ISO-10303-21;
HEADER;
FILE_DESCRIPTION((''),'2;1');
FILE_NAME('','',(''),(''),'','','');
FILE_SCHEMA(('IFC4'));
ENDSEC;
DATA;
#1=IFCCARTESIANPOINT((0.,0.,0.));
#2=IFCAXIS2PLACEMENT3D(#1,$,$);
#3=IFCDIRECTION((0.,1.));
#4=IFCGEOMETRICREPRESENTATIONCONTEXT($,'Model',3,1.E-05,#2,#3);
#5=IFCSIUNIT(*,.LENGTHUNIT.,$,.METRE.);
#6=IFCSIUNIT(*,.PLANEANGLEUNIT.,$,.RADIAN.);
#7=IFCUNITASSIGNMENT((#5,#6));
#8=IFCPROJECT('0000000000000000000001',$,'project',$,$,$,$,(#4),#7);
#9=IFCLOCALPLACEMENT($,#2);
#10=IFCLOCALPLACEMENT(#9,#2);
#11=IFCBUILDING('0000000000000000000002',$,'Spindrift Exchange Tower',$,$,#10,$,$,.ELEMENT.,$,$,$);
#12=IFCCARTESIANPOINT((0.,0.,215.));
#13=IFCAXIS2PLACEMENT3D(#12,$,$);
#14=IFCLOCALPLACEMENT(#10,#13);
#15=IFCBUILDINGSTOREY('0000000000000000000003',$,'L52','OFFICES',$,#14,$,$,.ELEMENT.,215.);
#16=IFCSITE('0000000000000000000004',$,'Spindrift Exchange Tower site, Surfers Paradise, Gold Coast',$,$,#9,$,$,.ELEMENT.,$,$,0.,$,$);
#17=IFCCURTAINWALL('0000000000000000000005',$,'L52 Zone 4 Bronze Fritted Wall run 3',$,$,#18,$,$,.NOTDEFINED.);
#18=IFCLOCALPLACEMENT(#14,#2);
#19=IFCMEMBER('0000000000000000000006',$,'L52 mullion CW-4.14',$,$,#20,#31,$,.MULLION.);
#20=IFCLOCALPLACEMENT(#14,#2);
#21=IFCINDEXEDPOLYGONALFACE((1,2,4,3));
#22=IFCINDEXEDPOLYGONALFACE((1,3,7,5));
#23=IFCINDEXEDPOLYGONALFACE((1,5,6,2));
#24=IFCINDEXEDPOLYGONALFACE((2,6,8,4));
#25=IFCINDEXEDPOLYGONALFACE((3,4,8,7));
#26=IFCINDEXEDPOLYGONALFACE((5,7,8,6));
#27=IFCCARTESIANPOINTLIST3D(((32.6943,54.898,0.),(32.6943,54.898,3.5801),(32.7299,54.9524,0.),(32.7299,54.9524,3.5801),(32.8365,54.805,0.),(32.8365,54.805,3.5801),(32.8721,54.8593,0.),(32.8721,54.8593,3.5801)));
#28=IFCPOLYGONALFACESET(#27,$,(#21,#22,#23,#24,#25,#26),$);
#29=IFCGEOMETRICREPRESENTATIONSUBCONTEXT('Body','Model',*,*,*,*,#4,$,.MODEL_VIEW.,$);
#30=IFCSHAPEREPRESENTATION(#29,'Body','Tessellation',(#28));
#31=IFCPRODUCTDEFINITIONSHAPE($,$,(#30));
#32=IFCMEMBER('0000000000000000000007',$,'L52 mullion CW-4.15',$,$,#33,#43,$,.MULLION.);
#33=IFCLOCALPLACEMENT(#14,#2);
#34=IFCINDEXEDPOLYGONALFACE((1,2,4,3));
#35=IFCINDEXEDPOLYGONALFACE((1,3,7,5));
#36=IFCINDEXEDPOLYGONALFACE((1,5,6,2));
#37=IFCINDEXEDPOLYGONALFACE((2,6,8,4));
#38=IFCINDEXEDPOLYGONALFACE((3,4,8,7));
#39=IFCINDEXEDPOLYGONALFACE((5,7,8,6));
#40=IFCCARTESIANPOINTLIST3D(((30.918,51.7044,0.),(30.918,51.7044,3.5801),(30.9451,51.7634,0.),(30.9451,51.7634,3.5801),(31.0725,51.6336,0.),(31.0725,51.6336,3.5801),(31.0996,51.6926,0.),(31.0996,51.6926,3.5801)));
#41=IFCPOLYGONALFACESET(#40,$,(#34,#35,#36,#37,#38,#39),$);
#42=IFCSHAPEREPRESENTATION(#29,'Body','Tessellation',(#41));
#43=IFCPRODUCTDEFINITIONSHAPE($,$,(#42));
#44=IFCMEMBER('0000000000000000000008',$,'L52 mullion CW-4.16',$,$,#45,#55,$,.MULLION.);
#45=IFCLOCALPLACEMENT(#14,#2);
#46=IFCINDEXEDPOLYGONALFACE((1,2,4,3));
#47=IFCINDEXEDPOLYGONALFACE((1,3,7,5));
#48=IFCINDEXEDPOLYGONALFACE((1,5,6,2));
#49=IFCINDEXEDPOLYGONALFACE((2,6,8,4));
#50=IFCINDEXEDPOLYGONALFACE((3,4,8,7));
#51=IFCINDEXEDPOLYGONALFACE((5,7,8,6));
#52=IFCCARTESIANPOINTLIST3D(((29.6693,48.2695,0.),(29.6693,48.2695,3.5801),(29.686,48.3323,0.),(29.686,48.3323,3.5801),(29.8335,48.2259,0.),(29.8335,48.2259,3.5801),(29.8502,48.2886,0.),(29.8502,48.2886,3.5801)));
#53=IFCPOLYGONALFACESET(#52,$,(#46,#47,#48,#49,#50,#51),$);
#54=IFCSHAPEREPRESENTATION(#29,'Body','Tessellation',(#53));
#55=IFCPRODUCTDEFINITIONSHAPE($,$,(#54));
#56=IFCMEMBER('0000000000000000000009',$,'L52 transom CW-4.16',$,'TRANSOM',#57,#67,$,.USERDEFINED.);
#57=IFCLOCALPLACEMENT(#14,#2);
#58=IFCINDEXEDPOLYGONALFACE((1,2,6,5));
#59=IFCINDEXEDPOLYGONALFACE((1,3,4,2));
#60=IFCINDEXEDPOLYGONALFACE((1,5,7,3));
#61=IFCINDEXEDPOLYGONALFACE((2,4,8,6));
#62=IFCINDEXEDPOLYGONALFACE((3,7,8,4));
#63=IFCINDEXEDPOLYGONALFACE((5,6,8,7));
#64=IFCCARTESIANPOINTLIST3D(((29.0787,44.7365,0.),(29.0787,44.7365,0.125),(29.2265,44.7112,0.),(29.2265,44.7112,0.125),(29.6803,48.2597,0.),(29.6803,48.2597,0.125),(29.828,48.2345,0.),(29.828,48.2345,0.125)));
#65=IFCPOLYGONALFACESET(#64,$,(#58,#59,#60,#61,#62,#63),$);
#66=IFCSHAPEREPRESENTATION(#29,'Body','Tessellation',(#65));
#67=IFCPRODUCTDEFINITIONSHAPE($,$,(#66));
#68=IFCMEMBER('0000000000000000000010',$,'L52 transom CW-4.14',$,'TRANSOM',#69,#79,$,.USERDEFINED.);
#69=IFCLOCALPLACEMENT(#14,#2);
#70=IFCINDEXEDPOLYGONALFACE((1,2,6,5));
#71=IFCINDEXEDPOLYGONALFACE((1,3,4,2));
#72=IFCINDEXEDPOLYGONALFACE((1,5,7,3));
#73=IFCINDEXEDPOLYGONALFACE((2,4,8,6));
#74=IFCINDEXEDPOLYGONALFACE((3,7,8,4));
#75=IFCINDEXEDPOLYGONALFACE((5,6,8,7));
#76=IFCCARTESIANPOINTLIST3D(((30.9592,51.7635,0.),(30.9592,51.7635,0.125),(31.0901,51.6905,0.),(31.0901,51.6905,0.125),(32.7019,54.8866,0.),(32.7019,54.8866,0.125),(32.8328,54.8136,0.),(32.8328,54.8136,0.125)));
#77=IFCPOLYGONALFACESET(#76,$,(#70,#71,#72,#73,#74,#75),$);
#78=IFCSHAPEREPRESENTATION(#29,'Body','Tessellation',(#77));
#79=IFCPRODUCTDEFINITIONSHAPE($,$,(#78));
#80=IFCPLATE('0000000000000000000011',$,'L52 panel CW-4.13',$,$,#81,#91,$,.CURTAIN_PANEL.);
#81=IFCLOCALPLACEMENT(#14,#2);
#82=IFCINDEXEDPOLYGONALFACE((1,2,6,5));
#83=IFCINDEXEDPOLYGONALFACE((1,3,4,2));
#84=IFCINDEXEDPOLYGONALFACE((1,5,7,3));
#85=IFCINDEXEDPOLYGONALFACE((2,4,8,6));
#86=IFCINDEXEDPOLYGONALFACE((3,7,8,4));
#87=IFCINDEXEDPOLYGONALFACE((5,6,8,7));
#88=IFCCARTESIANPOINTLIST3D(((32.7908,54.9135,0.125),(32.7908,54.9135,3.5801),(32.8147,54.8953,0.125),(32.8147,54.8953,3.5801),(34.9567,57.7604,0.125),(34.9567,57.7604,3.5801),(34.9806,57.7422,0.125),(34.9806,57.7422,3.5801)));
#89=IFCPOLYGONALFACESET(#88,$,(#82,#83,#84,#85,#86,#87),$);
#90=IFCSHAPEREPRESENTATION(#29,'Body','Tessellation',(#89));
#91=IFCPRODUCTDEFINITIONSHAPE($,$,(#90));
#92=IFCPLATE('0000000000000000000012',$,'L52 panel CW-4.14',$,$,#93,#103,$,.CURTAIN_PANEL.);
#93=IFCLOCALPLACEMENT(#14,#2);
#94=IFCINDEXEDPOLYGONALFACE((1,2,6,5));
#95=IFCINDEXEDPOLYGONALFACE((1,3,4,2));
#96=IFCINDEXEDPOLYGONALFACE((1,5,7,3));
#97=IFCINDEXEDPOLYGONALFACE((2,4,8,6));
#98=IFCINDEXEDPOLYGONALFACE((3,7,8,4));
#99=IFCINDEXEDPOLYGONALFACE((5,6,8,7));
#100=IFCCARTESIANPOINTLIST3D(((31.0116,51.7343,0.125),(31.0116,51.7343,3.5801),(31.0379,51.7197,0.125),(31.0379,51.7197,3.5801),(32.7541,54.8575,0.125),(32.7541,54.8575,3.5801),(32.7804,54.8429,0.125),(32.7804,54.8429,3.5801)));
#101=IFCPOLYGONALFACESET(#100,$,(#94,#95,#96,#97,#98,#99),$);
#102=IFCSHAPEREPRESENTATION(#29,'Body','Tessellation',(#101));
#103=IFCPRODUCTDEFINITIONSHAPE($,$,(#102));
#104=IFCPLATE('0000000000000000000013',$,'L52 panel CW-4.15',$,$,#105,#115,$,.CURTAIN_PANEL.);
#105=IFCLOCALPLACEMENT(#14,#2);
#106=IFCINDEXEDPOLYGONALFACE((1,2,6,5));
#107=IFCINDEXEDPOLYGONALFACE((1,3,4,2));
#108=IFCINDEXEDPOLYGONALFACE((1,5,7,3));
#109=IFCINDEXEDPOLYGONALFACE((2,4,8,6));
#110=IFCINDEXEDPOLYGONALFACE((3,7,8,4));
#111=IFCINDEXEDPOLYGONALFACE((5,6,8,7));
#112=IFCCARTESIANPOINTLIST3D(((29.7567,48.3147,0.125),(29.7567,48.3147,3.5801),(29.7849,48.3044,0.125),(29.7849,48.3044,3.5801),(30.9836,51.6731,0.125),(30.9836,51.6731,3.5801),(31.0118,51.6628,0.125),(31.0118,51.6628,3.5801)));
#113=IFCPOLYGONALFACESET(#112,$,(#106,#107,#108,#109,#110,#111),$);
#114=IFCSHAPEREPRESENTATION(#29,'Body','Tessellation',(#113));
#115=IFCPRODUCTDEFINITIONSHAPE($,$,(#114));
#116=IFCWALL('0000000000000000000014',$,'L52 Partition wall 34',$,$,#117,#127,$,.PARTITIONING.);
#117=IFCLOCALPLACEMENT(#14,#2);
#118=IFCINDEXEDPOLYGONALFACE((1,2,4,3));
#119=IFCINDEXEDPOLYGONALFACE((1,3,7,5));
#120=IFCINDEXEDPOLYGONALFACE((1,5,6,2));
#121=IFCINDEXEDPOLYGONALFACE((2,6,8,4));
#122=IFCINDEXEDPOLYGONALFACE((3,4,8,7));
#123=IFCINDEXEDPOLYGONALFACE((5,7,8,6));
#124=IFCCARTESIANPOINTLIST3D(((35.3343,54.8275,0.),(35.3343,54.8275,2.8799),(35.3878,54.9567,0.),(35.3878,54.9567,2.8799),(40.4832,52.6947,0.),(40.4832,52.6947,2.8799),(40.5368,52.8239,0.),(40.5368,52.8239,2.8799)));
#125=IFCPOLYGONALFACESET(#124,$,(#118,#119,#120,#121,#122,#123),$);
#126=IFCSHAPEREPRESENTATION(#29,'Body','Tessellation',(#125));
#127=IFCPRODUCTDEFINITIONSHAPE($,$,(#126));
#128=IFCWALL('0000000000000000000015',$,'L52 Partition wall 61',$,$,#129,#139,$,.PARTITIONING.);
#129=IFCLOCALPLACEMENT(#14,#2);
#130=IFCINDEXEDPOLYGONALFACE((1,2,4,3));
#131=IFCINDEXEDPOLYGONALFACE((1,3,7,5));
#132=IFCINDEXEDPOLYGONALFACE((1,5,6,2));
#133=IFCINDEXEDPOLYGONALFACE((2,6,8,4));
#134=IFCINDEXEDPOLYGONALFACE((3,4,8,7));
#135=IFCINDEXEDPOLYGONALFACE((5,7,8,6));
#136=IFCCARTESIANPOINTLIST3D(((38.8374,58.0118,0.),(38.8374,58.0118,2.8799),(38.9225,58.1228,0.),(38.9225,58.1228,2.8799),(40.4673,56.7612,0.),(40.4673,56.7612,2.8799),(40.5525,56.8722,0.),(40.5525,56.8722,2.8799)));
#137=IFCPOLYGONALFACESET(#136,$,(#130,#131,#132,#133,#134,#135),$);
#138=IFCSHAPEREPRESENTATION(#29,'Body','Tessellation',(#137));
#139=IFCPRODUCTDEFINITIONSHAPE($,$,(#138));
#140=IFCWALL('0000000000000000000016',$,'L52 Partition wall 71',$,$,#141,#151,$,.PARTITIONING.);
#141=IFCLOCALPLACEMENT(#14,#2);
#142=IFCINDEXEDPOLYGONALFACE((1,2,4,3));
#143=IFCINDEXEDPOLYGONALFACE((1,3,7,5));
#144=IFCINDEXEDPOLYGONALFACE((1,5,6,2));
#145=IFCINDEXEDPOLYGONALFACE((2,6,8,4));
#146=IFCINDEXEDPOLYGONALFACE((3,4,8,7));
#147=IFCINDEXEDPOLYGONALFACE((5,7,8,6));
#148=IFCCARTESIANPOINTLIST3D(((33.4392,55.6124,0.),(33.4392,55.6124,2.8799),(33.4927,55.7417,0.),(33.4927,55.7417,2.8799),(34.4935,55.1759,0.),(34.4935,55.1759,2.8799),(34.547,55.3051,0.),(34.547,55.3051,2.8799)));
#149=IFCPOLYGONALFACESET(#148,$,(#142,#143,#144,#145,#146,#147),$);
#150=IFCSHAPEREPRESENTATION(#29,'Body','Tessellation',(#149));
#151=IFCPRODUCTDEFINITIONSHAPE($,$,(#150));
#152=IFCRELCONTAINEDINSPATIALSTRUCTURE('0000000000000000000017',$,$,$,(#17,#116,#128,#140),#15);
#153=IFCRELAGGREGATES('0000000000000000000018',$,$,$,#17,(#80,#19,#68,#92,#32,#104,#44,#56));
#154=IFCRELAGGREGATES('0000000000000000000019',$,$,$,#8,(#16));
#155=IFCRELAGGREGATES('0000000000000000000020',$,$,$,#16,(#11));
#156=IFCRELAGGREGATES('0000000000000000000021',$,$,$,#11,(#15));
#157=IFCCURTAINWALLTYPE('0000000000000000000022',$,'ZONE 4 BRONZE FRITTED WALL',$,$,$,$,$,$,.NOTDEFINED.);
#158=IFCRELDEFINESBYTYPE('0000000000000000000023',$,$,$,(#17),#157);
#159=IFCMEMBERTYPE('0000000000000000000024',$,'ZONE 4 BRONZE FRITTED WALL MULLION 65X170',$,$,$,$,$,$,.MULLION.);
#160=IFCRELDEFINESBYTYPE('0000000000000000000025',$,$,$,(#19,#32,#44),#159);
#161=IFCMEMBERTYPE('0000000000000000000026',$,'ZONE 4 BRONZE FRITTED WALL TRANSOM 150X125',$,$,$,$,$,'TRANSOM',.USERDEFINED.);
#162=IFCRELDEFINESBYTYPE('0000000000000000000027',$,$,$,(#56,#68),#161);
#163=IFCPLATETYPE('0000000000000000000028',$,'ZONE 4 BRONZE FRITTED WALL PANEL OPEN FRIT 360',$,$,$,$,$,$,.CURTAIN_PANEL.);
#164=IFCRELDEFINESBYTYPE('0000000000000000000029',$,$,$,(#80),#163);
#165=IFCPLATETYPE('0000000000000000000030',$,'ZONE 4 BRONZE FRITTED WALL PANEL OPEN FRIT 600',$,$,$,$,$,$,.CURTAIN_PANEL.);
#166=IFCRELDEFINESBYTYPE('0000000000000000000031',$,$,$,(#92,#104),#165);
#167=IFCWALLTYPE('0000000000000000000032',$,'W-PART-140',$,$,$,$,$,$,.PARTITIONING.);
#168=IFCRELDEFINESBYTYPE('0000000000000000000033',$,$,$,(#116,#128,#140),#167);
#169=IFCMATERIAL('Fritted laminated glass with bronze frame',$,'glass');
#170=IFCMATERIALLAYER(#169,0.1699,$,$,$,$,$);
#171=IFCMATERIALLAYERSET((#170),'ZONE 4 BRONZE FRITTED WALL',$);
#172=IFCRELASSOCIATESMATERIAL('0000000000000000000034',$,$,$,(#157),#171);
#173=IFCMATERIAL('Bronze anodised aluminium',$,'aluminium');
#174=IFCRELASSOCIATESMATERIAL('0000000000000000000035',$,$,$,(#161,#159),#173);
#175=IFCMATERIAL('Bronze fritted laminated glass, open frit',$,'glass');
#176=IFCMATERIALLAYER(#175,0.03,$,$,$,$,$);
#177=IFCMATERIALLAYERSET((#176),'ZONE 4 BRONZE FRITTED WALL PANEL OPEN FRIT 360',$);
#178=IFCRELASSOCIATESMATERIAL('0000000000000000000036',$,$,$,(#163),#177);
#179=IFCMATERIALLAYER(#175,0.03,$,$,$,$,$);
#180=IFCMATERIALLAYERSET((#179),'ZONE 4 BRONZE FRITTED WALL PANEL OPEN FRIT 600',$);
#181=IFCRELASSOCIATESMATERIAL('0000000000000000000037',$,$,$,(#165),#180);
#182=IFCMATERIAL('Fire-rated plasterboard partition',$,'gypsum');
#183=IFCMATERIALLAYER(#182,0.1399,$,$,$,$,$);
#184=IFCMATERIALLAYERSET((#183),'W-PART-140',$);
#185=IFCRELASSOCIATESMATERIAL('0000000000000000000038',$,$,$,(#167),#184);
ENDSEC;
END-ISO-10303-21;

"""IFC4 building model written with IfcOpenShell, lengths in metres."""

from ifc_helpers import new_model, si_unit, direction, frame, frame_2d, origin, origin_2d, place, context, subcontext, project, spatial, rectangle, extrude, source, transform, mapped, material, layer, layer_set, material_profile, profile_set, type_object, element, aggregate, save


model = new_model("IFC4")

# Units and contexts
model_context = context("Model", 3, precision=1e-05, world=origin(), true_north=direction((0.0, 1.0)))
body_context = subcontext(model_context, "Body", "Model", "MODEL_VIEW")
ifc_project = project(units=[si_unit("LENGTHUNIT", "METRE"), si_unit("PLANEANGLEUNIT", "RADIAN")], contexts=[model_context])

# Site, building, storey
site_placement = place(None, origin())
site = spatial("IfcSite", under=ifc_project, at=site_placement, Name="Spindrift Exchange Tower site, Surfers Paradise, Gold Coast", CompositionType="ELEMENT", RefElevation=0.0)
building_placement = place(site_placement, origin())
building = spatial("IfcBuilding", under=site, at=building_placement, Name="Spindrift Exchange Tower", CompositionType="ELEMENT")
storey_placement = place(building_placement, frame((0.0, 0.0, 215.0)))
storey = spatial("IfcBuildingStorey", under=building, at=storey_placement, Name="L52", Description="OFFICES", CompositionType="ELEMENT", Elevation=215.0)

# Curtain wall, members, plates
ifc_material_1 = material(Name="Fritted laminated glass with bronze frame", Category="glass")
ifc_layer_1 = layer(ifc_material_1, 0.1699)
ifc_layer_set_1 = layer_set([ifc_layer_1], Name="ZONE 4 BRONZE FRITTED WALL")
curtain_wall_type = type_object("IfcCurtainWallType", Name="ZONE 4 BRONZE FRITTED WALL", PredefinedType="NOTDEFINED", material=ifc_layer_set_1)
curtain_wall_placement = place(storey_placement, origin())
curtain_wall = element("IfcCurtainWall", 1, at=curtain_wall_placement, inside=storey, type_object=curtain_wall_type, Name="L52 Zone 4 Bronze Fritted Wall run 3", PredefinedType="NOTDEFINED")
ifc_material_2 = material(Name="Bronze anodised aluminium", Category="aluminium")
ifc_material_profile_1 = material_profile(ifc_material_2, rectangle(XDim=0.1499, YDim=0.125, at=origin_2d()), Name="ZONE 4 BRONZE FRITTED WALL TRANSOM 150X125")
ifc_profile_set_1 = profile_set([ifc_material_profile_1], Name="Bronze anodised aluminium")
member_type_1 = type_object("IfcMemberType", Name="ZONE 4 BRONZE FRITTED WALL TRANSOM 150X125", ElementType="TRANSOM", PredefinedType="USERDEFINED", material=ifc_profile_set_1)
ifc_material_profile_2 = material_profile(ifc_material_2, rectangle(XDim=0.0649, YDim=0.1699, at=origin_2d()), Name="ZONE 4 BRONZE FRITTED WALL MULLION 65X170")
ifc_profile_set_2 = profile_set([ifc_material_profile_2], Name="Bronze anodised aluminium")
member_type_2 = type_object("IfcMemberType", Name="ZONE 4 BRONZE FRITTED WALL MULLION 65X170", PredefinedType="MULLION", material=ifc_profile_set_2)
shared_shape_1 = source(origin(), body_context, "Body", "SweptSolid", [
    extrude(rectangle(XDim=0.0649, YDim=0.1699, at=origin_2d()), origin(), (0.0, 0.0, 1.0), 3.5801),
])
member_1_placement = place(storey_placement, frame((32.7832, 54.8787, 0.0), z_axis=(0.0, 0.0, 1.0), x_axis=(-0.547722, -0.836661, 0.0)))
member_1 = element("IfcMember", 2, at=member_1_placement, type_object=member_type_2, Name="L52 mullion CW-4.14", PredefinedType="MULLION", context=body_context, shape_type="MappedRepresentation", body=[
    mapped(shared_shape_1, transform((0.0, 0.0, 0.0), scale=1.0)),
])
member_2_placement = place(storey_placement, frame((31.0088, 51.6985, 0.0), z_axis=(0.0, 0.0, 1.0), x_axis=(-0.41649, -0.909141, 0.0)))
member_2 = element("IfcMember", 3, at=member_2_placement, type_object=member_type_2, Name="L52 mullion CW-4.15", PredefinedType="MULLION", context=body_context, shape_type="MappedRepresentation", body=[
    mapped(shared_shape_1, transform((0.0, 0.0, 0.0), scale=1.0)),
])
member_3_placement = place(storey_placement, frame((29.7598, 48.2791, 0.0), z_axis=(0.0, 0.0, 1.0), x_axis=(-0.256787, -0.966468, 0.0)))
member_3 = element("IfcMember", 4, at=member_3_placement, type_object=member_type_2, Name="L52 mullion CW-4.16", PredefinedType="MULLION", context=body_context, shape_type="MappedRepresentation", body=[
    mapped(shared_shape_1, transform((0.0, 0.0, 0.0), scale=1.0)),
])
shared_shape_2 = source(origin(), body_context, "Body", "SweptSolid", [
    extrude(rectangle(XDim=0.1499, YDim=0.125, at=origin_2d()), origin(), (0.0, 0.0, 1.0), 3.5742),
])
member_4_placement = place(storey_placement, frame((29.7542, 48.2471, 0.0625), z_axis=(-0.168308, -0.985734, 0.0), x_axis=(0.985734, -0.168308, 0.0)))
member_4 = element("IfcMember", 5, at=member_4_placement, type_object=member_type_1, Name="L52 transom CW-4.16", ObjectType="TRANSOM", PredefinedType="USERDEFINED", context=body_context, shape_type="MappedRepresentation", body=[
    mapped(shared_shape_2, transform((0.0, 0.0, 0.0), scale=1.0)),
])
shared_shape_3 = source(origin(), body_context, "Body", "SweptSolid", [
    extrude(rectangle(XDim=0.1499, YDim=0.125, at=origin_2d()), origin(), (0.0, 0.0, 1.0), 3.5764),
])
member_5_placement = place(storey_placement, frame((32.7673, 54.8501, 0.0625), z_axis=(-0.487277, -0.873248, 0.0), x_axis=(0.873248, -0.487277, 0.0)))
member_5 = element("IfcMember", 6, at=member_5_placement, type_object=member_type_1, Name="L52 transom CW-4.14", ObjectType="TRANSOM", PredefinedType="USERDEFINED", context=body_context, shape_type="MappedRepresentation", body=[
    mapped(shared_shape_3, transform((0.0, 0.0, 0.0), scale=1.0)),
])
ifc_material_3 = material(Name="Bronze fritted laminated glass, open frit", Category="glass")
ifc_layer_2 = layer(ifc_material_3, 0.03)
ifc_layer_set_2 = layer_set([ifc_layer_2], Name="ZONE 4 BRONZE FRITTED WALL PANEL OPEN FRIT 360")
plate_type_1 = type_object("IfcPlateType", Name="ZONE 4 BRONZE FRITTED WALL PANEL OPEN FRIT 360", PredefinedType="CURTAIN_PANEL", material=ifc_layer_set_2)
shared_shape_4 = source(origin(), body_context, "Body", "SweptSolid", [
    extrude(rectangle(XDim=3.5771, YDim=0.03, at=origin_2d()), origin(), (0.0, 0.0, 1.0), 3.4551),
])
plate_1_placement = place(storey_placement, frame((33.8857, 56.3279, 0.125), z_axis=(0.0, 0.0, 1.0), x_axis=(-0.605482, -0.795859, 0.0)))
plate_1 = element("IfcPlate", 7, at=plate_1_placement, type_object=plate_type_1, Name="L52 panel CW-4.13", PredefinedType="CURTAIN_PANEL", context=body_context, shape_type="MappedRepresentation", body=[
    mapped(shared_shape_4, transform((0.0, 0.0, 0.0), scale=1.0)),
])
ifc_layer_3 = layer(ifc_material_3, 0.03)
ifc_layer_set_3 = layer_set([ifc_layer_3], Name="ZONE 4 BRONZE FRITTED WALL PANEL OPEN FRIT 600")
plate_type_2 = type_object("IfcPlateType", Name="ZONE 4 BRONZE FRITTED WALL PANEL OPEN FRIT 600", PredefinedType="CURTAIN_PANEL", material=ifc_layer_set_3)
shared_shape_5 = source(origin(), body_context, "Body", "SweptSolid", [
    extrude(rectangle(XDim=3.5764, YDim=0.03, at=origin_2d()), origin(), (0.0, 0.0, 1.0), 3.4551),
])
plate_2_placement = place(storey_placement, frame((31.896, 53.2886, 0.125), z_axis=(0.0, 0.0, 1.0), x_axis=(-0.487223, -0.873278, 0.0)))
plate_2 = element("IfcPlate", 8, at=plate_2_placement, type_object=plate_type_2, Name="L52 panel CW-4.14", PredefinedType="CURTAIN_PANEL", context=body_context, shape_type="MappedRepresentation", body=[
    mapped(shared_shape_5, transform((0.0, 0.0, 0.0), scale=1.0)),
])
shared_shape_6 = source(origin(), body_context, "Body", "SweptSolid", [
    extrude(rectangle(XDim=3.5754, YDim=0.03, at=origin_2d()), origin(), (0.0, 0.0, 1.0), 3.4551),
])
plate_3_placement = place(storey_placement, frame((30.3843, 49.9888, 0.125), z_axis=(0.0, 0.0, 1.0), x_axis=(-0.343137, -0.939285, 0.0)))
plate_3 = element("IfcPlate", 9, at=plate_3_placement, type_object=plate_type_2, Name="L52 panel CW-4.15", PredefinedType="CURTAIN_PANEL", context=body_context, shape_type="MappedRepresentation", body=[
    mapped(shared_shape_6, transform((0.0, 0.0, 0.0), scale=1.0)),
])
aggregate(curtain_wall, [plate_1, member_1, member_5, plate_2, member_2, plate_3, member_3, member_4])

# Walls
ifc_material_4 = material(Name="Fire-rated plasterboard partition", Category="gypsum")
ifc_layer_4 = layer(ifc_material_4, 0.1399)
ifc_layer_set_4 = layer_set([ifc_layer_4], Name="W-PART-140")
wall_type = type_object("IfcWallType", Name="W-PART-140", PredefinedType="PARTITIONING", material=ifc_layer_set_4)
wall_1_placement = place(storey_placement, frame((40.51, 52.7593, 0.0), z_axis=(0.0, 0.0, 1.0), x_axis=(-0.923876, 0.382692, 0.0)))
element("IfcWall", 10, at=wall_1_placement, inside=storey, type_object=wall_type, Name="L52 Partition wall 34", PredefinedType="PARTITIONING", context=body_context, shape_type="SweptSolid", body=[
    extrude(rectangle(XDim=5.5732, YDim=0.1399, at=frame_2d((2.7866, 0.0))), origin(), (0.0, 0.0, 1.0), 2.8799),
])
wall_2_placement = place(storey_placement, frame((40.51, 56.8167, 0.0), z_axis=(0.0, 0.0, 1.0), x_axis=(-0.793392, 0.608711, 0.0)))
element("IfcWall", 11, at=wall_2_placement, inside=storey, type_object=wall_type, Name="L52 Partition wall 61", PredefinedType="PARTITIONING", context=body_context, shape_type="SweptSolid", body=[
    extrude(rectangle(XDim=2.0544, YDim=0.1399, at=frame_2d((1.0273, 0.0))), origin(), (0.0, 0.0, 1.0), 2.8799),
])
wall_3_placement = place(storey_placement, frame((34.5203, 55.2405, 0.0), z_axis=(0.0, 0.0, 1.0), x_axis=(-0.923923, 0.382579, 0.0)))
element("IfcWall", 12, at=wall_3_placement, inside=storey, type_object=wall_type, Name="L52 Partition wall 71", PredefinedType="PARTITIONING", context=body_context, shape_type="SweptSolid", body=[
    extrude(rectangle(XDim=1.1411, YDim=0.1399, at=frame_2d((0.5706, 0.0))), origin(), (0.0, 0.0, 1.0), 2.8799),
])

save(model, "model.ifc")
